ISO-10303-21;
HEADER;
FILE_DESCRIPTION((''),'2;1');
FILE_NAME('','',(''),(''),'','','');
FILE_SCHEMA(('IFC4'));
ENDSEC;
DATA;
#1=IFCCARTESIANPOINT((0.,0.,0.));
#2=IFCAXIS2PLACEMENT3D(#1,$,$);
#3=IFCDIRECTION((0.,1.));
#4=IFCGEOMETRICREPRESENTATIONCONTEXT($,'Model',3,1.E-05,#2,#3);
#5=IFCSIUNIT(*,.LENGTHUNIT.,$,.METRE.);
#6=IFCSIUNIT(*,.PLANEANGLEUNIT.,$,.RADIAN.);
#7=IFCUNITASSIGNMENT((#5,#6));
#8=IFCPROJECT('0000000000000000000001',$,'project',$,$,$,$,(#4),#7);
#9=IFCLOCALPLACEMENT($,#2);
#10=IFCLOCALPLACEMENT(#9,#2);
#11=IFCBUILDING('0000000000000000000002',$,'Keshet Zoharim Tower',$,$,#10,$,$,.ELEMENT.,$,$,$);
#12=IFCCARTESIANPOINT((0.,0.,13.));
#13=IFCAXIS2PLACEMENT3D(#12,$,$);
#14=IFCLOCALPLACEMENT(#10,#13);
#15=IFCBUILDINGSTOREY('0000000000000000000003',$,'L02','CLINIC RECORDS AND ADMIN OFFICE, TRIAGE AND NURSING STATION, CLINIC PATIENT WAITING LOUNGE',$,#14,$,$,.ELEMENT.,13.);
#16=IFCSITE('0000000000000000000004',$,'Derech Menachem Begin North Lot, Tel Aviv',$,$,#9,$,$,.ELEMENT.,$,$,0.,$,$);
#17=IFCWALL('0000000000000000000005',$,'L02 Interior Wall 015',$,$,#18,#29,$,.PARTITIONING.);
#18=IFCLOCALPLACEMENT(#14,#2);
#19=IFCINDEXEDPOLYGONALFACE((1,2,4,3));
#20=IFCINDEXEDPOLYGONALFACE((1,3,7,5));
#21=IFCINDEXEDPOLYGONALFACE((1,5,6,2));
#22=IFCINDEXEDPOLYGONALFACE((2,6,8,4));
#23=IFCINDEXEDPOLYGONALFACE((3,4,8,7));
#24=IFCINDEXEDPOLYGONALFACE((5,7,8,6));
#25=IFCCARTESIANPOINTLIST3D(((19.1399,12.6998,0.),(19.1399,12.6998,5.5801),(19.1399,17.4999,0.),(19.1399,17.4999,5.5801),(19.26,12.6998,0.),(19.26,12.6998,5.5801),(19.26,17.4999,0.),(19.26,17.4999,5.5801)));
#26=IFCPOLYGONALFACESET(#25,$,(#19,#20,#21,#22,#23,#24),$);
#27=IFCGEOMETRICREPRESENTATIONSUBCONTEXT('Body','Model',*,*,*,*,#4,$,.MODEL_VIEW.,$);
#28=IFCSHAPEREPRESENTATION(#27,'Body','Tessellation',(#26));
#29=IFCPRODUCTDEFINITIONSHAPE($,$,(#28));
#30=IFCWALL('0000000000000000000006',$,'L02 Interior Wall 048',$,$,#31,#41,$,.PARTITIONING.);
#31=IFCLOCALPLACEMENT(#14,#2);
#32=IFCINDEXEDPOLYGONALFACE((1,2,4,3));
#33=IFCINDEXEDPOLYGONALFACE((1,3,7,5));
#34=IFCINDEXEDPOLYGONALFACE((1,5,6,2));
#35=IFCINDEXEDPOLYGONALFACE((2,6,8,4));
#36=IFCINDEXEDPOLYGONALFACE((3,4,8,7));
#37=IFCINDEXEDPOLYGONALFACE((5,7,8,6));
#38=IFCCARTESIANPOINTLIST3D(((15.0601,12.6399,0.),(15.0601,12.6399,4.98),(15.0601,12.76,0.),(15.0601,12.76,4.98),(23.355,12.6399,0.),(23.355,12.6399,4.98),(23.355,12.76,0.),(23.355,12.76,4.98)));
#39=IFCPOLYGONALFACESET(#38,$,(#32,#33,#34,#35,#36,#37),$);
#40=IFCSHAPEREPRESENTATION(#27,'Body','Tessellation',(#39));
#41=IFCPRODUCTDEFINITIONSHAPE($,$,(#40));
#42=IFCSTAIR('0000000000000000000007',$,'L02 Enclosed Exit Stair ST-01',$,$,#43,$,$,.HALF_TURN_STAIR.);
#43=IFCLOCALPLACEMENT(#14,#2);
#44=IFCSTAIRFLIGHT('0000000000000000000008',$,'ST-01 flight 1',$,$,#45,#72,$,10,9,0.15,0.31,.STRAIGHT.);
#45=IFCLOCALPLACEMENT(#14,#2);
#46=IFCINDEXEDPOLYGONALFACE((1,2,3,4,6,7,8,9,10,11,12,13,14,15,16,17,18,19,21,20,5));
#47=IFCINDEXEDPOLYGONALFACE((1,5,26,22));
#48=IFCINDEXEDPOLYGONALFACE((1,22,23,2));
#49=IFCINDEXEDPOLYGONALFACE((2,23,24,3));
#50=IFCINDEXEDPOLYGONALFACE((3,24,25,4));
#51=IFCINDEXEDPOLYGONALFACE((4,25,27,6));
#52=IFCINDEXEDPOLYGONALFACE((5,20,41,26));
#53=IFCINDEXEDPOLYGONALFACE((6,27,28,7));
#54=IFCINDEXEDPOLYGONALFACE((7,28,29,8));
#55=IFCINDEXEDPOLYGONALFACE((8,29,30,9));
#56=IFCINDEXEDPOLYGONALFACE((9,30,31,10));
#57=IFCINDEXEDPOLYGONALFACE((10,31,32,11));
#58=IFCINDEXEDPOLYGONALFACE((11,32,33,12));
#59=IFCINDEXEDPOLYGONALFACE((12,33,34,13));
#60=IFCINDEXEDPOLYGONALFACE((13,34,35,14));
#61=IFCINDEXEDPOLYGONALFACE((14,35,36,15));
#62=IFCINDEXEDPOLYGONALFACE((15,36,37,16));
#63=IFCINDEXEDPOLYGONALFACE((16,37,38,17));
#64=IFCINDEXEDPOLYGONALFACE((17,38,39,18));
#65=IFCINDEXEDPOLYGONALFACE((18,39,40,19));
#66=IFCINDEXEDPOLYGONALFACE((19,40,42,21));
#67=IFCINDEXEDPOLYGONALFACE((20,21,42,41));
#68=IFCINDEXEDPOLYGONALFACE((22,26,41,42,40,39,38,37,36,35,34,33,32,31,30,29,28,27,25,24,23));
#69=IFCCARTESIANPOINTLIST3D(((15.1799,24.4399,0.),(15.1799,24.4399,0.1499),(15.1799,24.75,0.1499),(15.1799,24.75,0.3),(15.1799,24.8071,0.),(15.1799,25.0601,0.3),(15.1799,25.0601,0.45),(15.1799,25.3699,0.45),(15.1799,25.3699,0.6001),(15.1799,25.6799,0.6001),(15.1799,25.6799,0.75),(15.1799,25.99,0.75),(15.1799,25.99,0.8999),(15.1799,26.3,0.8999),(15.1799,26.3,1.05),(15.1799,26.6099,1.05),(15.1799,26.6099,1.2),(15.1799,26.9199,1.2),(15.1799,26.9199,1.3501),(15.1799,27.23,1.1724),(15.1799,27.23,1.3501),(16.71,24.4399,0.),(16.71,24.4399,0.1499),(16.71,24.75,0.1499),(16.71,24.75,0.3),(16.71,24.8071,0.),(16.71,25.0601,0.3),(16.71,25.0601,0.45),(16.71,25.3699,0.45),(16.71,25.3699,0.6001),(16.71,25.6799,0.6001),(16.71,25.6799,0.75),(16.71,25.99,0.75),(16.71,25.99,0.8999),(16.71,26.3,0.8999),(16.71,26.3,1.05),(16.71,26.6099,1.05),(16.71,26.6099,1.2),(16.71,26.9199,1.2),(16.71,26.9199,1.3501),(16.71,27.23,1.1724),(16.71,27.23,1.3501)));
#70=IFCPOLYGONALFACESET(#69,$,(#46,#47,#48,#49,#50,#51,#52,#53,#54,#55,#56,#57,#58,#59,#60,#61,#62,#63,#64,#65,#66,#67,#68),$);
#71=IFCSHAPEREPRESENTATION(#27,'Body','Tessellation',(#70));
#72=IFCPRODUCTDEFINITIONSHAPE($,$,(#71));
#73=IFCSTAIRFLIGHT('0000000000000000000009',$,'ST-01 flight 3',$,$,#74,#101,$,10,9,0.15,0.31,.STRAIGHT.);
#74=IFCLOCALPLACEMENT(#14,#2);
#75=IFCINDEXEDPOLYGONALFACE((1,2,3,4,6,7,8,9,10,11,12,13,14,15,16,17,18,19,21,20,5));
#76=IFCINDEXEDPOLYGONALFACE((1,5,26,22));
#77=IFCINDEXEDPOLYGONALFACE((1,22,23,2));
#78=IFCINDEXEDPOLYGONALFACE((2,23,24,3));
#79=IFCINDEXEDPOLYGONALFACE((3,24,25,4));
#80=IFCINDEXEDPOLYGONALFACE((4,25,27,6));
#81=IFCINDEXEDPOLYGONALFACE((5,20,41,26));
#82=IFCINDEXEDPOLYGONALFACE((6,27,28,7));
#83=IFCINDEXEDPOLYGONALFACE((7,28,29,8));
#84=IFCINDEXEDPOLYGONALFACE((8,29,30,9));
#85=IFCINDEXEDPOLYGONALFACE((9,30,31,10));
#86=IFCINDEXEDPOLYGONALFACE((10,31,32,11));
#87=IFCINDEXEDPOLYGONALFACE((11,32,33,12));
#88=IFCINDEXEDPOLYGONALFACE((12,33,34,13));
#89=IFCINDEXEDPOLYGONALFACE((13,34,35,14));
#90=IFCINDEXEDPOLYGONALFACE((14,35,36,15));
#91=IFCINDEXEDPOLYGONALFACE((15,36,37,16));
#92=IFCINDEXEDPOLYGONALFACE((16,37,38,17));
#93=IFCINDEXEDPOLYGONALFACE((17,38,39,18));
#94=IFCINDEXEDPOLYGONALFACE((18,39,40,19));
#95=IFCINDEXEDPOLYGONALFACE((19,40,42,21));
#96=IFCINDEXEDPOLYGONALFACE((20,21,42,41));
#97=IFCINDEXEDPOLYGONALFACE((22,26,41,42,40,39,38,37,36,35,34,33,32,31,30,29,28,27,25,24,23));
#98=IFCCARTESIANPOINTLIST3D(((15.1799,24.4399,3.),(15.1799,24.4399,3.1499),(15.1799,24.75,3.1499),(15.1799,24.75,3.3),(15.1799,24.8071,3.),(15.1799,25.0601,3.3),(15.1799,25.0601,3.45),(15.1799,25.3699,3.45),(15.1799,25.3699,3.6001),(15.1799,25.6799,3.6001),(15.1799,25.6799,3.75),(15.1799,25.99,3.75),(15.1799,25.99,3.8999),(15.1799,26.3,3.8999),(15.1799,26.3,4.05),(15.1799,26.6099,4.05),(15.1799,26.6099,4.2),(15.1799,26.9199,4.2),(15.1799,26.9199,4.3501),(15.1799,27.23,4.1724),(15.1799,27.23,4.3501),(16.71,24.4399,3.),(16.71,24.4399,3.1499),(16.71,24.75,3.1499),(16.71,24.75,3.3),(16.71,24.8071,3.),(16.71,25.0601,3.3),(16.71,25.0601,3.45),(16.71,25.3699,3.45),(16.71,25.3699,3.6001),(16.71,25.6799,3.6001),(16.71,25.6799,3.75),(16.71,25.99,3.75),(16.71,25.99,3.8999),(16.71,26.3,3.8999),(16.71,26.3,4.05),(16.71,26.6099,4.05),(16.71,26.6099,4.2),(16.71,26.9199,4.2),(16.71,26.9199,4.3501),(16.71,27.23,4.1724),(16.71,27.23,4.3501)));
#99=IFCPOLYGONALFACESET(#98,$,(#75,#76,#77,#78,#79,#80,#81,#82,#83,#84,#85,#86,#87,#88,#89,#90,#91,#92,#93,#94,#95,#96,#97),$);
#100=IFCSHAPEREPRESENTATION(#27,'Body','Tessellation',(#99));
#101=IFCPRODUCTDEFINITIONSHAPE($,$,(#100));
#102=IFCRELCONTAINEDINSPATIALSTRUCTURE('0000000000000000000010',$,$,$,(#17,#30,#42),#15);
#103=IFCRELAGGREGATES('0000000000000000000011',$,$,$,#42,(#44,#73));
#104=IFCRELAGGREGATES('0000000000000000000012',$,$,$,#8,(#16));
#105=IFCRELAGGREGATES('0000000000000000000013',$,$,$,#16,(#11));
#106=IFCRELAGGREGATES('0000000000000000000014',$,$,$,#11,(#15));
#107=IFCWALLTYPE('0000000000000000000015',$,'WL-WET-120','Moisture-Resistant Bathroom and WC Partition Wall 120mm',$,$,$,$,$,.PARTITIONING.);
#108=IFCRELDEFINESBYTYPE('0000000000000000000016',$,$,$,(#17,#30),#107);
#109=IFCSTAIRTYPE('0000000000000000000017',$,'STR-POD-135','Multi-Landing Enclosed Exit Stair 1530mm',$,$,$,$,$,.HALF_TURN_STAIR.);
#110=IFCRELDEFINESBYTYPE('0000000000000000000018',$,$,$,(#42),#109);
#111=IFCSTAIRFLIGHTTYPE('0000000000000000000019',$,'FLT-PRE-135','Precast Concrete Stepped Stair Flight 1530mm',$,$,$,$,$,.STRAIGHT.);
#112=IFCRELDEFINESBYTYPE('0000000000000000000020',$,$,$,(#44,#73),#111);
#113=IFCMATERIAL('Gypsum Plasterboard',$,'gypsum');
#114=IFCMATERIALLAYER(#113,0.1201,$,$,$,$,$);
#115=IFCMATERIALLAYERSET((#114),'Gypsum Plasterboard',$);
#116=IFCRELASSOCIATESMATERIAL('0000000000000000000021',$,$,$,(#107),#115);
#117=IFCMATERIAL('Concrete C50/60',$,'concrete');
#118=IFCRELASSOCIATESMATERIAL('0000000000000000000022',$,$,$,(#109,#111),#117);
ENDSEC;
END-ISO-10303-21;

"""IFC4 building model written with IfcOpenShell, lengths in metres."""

from ifc_helpers import new_model, si_unit, direction, frame, frame_2d, origin, place, context, subcontext, project, spatial, polyline, rectangle, outline, extrude, material, layer, layer_set, type_object, element, aggregate, save


model = new_model("IFC4")

# Units and contexts
model_context = context("Model", 3, precision=1e-05, world=origin(), true_north=direction((0.0, 1.0)))
body_context = subcontext(model_context, "Body", "Model", "MODEL_VIEW")
ifc_project = project(units=[si_unit("LENGTHUNIT", "METRE"), si_unit("PLANEANGLEUNIT", "RADIAN")], contexts=[model_context])

# Site, building, storey
site_placement = place(None, origin())
site = spatial("IfcSite", under=ifc_project, at=site_placement, Name="Derech Menachem Begin North Lot, Tel Aviv", CompositionType="ELEMENT", RefElevation=0.0)
building_placement = place(site_placement, origin())
building = spatial("IfcBuilding", under=site, at=building_placement, Name="Keshet Zoharim Tower", CompositionType="ELEMENT")
storey_placement = place(building_placement, frame((0.0, 0.0, 13.0)))
storey = spatial("IfcBuildingStorey", under=building, at=storey_placement, Name="L02", Description="CLINIC RECORDS AND ADMIN OFFICE, TRIAGE AND NURSING STATION, CLINIC PATIENT WAITING LOUNGE", CompositionType="ELEMENT", Elevation=13.0)

# Shared definitions
ifc_material_1 = material(Name="Gypsum Plasterboard", Category="gypsum")

# Walls
ifc_layer_1 = layer(ifc_material_1, 0.1201)
ifc_layer_set_1 = layer_set([ifc_layer_1], Name="Gypsum Plasterboard")
wall_type_1 = type_object("IfcWallType", Name="WL-WET-120", Description="Moisture-Resistant Bathroom and WC Partition Wall 120mm", PredefinedType="PARTITIONING", material=ifc_layer_set_1)
wall_1_placement = place(storey_placement, frame((19.2, 12.7, 0.0), z_axis=(0.0, 0.0, 1.0), x_axis=(0.0, 1.0, 0.0)))
element("IfcWall", 1, at=wall_1_placement, inside=storey, type_object=wall_type_1, Name="L02 Interior Wall 015", PredefinedType="PARTITIONING", context=body_context, shape_type="SweptSolid", body=[
    extrude(rectangle(XDim=4.8, YDim=0.1201, at=frame_2d((2.3999, 0.0))), origin(), (0.0, 0.0, 1.0), 5.5801),
])
wall_2_placement = place(storey_placement, frame((15.0601, 12.7, 0.0), z_axis=(0.0, 0.0, 1.0), x_axis=(1.0, 0.0, 0.0)))
element("IfcWall", 2, at=wall_2_placement, inside=storey, type_object=wall_type_1, Name="L02 Interior Wall 048", PredefinedType="PARTITIONING", context=body_context, shape_type="SweptSolid", body=[
    extrude(rectangle(XDim=8.2949, YDim=0.1201, at=frame_2d((4.1475, 0.0))), origin(), (0.0, 0.0, 1.0), 4.98),
])

# Stair, stair flights
ifc_material_2 = material(Name="Concrete C50/60", Category="concrete")
stair_type = type_object("IfcStairType", Name="STR-POD-135", Description="Multi-Landing Enclosed Exit Stair 1530mm", PredefinedType="HALF_TURN_STAIR", material=ifc_material_2)
stair_placement = place(storey_placement, origin())
stair = element("IfcStair", 3, at=stair_placement, inside=storey, type_object=stair_type, Name="L02 Enclosed Exit Stair ST-01", PredefinedType="HALF_TURN_STAIR")
stair_flight_type = type_object("IfcStairFlightType", Name="FLT-PRE-135", Description="Precast Concrete Stepped Stair Flight 1530mm", PredefinedType="STRAIGHT", material=ifc_material_2)
stair_flight_1_placement = place(storey_placement, frame((15.9451, 24.4399, 0.0), z_axis=(0.0, 0.0, 1.0), x_axis=(0.0, 1.0, 0.0)))
stair_flight_1 = element("IfcStairFlight", 4, at=stair_flight_1_placement, type_object=stair_flight_type, Name="ST-01 flight 1", NumberOfRisers=10, NumberOfTreads=9, PredefinedType="STRAIGHT", RiserHeight=0.15, TreadLength=0.31, context=body_context, shape_type="SweptSolid", body=[
    extrude(outline(polyline([(0.0, 0.0), (0.0, 0.1499), (0.3101, 0.1499), (0.3101, 0.3), (0.6201, 0.3), (0.6201, 0.45), (0.9299, 0.45), (0.9299, 0.6001), (1.24, 0.6001), (1.24, 0.75), (1.55, 0.75), (1.55, 0.8999), (1.8601, 0.8999), (1.8601, 1.05), (2.1699, 1.05), (2.1699, 1.2), (2.48, 1.2), (2.48, 1.3501), (2.79, 1.3501), (2.79, 1.5), (2.79, 1.1724), (0.3672, 0.0), (0.0, 0.0)])), frame((0.0, 0.7651, 0.0), z_axis=(0.0, -1.0, 0.0), x_axis=(1.0, 0.0, 0.0)), (0.0, 0.0, 1.0), 1.53),
])
stair_flight_2_placement = place(storey_placement, frame((15.9451, 24.4399, 3.0), z_axis=(0.0, 0.0, 1.0), x_axis=(0.0, 1.0, 0.0)))
stair_flight_2 = element("IfcStairFlight", 5, at=stair_flight_2_placement, type_object=stair_flight_type, Name="ST-01 flight 3", NumberOfRisers=10, NumberOfTreads=9, PredefinedType="STRAIGHT", RiserHeight=0.15, TreadLength=0.31, context=body_context, shape_type="SweptSolid", body=[
    extrude(outline(polyline([(0.0, 0.0), (0.0, 0.1499), (0.3101, 0.1499), (0.3101, 0.3), (0.6201, 0.3), (0.6201, 0.45), (0.9299, 0.45), (0.9299, 0.6001), (1.24, 0.6001), (1.24, 0.75), (1.55, 0.75), (1.55, 0.8999), (1.8601, 0.8999), (1.8601, 1.05), (2.1699, 1.05), (2.1699, 1.2), (2.48, 1.2), (2.48, 1.3501), (2.79, 1.3501), (2.79, 1.5), (2.79, 1.1724), (0.3672, 0.0), (0.0, 0.0)])), frame((0.0, 0.7651, 0.0), z_axis=(0.0, -1.0, 0.0), x_axis=(1.0, 0.0, 0.0)), (0.0, 0.0, 1.0), 1.53),
])
aggregate(stair, [stair_flight_1, stair_flight_2])

save(model, "model.ifc")
